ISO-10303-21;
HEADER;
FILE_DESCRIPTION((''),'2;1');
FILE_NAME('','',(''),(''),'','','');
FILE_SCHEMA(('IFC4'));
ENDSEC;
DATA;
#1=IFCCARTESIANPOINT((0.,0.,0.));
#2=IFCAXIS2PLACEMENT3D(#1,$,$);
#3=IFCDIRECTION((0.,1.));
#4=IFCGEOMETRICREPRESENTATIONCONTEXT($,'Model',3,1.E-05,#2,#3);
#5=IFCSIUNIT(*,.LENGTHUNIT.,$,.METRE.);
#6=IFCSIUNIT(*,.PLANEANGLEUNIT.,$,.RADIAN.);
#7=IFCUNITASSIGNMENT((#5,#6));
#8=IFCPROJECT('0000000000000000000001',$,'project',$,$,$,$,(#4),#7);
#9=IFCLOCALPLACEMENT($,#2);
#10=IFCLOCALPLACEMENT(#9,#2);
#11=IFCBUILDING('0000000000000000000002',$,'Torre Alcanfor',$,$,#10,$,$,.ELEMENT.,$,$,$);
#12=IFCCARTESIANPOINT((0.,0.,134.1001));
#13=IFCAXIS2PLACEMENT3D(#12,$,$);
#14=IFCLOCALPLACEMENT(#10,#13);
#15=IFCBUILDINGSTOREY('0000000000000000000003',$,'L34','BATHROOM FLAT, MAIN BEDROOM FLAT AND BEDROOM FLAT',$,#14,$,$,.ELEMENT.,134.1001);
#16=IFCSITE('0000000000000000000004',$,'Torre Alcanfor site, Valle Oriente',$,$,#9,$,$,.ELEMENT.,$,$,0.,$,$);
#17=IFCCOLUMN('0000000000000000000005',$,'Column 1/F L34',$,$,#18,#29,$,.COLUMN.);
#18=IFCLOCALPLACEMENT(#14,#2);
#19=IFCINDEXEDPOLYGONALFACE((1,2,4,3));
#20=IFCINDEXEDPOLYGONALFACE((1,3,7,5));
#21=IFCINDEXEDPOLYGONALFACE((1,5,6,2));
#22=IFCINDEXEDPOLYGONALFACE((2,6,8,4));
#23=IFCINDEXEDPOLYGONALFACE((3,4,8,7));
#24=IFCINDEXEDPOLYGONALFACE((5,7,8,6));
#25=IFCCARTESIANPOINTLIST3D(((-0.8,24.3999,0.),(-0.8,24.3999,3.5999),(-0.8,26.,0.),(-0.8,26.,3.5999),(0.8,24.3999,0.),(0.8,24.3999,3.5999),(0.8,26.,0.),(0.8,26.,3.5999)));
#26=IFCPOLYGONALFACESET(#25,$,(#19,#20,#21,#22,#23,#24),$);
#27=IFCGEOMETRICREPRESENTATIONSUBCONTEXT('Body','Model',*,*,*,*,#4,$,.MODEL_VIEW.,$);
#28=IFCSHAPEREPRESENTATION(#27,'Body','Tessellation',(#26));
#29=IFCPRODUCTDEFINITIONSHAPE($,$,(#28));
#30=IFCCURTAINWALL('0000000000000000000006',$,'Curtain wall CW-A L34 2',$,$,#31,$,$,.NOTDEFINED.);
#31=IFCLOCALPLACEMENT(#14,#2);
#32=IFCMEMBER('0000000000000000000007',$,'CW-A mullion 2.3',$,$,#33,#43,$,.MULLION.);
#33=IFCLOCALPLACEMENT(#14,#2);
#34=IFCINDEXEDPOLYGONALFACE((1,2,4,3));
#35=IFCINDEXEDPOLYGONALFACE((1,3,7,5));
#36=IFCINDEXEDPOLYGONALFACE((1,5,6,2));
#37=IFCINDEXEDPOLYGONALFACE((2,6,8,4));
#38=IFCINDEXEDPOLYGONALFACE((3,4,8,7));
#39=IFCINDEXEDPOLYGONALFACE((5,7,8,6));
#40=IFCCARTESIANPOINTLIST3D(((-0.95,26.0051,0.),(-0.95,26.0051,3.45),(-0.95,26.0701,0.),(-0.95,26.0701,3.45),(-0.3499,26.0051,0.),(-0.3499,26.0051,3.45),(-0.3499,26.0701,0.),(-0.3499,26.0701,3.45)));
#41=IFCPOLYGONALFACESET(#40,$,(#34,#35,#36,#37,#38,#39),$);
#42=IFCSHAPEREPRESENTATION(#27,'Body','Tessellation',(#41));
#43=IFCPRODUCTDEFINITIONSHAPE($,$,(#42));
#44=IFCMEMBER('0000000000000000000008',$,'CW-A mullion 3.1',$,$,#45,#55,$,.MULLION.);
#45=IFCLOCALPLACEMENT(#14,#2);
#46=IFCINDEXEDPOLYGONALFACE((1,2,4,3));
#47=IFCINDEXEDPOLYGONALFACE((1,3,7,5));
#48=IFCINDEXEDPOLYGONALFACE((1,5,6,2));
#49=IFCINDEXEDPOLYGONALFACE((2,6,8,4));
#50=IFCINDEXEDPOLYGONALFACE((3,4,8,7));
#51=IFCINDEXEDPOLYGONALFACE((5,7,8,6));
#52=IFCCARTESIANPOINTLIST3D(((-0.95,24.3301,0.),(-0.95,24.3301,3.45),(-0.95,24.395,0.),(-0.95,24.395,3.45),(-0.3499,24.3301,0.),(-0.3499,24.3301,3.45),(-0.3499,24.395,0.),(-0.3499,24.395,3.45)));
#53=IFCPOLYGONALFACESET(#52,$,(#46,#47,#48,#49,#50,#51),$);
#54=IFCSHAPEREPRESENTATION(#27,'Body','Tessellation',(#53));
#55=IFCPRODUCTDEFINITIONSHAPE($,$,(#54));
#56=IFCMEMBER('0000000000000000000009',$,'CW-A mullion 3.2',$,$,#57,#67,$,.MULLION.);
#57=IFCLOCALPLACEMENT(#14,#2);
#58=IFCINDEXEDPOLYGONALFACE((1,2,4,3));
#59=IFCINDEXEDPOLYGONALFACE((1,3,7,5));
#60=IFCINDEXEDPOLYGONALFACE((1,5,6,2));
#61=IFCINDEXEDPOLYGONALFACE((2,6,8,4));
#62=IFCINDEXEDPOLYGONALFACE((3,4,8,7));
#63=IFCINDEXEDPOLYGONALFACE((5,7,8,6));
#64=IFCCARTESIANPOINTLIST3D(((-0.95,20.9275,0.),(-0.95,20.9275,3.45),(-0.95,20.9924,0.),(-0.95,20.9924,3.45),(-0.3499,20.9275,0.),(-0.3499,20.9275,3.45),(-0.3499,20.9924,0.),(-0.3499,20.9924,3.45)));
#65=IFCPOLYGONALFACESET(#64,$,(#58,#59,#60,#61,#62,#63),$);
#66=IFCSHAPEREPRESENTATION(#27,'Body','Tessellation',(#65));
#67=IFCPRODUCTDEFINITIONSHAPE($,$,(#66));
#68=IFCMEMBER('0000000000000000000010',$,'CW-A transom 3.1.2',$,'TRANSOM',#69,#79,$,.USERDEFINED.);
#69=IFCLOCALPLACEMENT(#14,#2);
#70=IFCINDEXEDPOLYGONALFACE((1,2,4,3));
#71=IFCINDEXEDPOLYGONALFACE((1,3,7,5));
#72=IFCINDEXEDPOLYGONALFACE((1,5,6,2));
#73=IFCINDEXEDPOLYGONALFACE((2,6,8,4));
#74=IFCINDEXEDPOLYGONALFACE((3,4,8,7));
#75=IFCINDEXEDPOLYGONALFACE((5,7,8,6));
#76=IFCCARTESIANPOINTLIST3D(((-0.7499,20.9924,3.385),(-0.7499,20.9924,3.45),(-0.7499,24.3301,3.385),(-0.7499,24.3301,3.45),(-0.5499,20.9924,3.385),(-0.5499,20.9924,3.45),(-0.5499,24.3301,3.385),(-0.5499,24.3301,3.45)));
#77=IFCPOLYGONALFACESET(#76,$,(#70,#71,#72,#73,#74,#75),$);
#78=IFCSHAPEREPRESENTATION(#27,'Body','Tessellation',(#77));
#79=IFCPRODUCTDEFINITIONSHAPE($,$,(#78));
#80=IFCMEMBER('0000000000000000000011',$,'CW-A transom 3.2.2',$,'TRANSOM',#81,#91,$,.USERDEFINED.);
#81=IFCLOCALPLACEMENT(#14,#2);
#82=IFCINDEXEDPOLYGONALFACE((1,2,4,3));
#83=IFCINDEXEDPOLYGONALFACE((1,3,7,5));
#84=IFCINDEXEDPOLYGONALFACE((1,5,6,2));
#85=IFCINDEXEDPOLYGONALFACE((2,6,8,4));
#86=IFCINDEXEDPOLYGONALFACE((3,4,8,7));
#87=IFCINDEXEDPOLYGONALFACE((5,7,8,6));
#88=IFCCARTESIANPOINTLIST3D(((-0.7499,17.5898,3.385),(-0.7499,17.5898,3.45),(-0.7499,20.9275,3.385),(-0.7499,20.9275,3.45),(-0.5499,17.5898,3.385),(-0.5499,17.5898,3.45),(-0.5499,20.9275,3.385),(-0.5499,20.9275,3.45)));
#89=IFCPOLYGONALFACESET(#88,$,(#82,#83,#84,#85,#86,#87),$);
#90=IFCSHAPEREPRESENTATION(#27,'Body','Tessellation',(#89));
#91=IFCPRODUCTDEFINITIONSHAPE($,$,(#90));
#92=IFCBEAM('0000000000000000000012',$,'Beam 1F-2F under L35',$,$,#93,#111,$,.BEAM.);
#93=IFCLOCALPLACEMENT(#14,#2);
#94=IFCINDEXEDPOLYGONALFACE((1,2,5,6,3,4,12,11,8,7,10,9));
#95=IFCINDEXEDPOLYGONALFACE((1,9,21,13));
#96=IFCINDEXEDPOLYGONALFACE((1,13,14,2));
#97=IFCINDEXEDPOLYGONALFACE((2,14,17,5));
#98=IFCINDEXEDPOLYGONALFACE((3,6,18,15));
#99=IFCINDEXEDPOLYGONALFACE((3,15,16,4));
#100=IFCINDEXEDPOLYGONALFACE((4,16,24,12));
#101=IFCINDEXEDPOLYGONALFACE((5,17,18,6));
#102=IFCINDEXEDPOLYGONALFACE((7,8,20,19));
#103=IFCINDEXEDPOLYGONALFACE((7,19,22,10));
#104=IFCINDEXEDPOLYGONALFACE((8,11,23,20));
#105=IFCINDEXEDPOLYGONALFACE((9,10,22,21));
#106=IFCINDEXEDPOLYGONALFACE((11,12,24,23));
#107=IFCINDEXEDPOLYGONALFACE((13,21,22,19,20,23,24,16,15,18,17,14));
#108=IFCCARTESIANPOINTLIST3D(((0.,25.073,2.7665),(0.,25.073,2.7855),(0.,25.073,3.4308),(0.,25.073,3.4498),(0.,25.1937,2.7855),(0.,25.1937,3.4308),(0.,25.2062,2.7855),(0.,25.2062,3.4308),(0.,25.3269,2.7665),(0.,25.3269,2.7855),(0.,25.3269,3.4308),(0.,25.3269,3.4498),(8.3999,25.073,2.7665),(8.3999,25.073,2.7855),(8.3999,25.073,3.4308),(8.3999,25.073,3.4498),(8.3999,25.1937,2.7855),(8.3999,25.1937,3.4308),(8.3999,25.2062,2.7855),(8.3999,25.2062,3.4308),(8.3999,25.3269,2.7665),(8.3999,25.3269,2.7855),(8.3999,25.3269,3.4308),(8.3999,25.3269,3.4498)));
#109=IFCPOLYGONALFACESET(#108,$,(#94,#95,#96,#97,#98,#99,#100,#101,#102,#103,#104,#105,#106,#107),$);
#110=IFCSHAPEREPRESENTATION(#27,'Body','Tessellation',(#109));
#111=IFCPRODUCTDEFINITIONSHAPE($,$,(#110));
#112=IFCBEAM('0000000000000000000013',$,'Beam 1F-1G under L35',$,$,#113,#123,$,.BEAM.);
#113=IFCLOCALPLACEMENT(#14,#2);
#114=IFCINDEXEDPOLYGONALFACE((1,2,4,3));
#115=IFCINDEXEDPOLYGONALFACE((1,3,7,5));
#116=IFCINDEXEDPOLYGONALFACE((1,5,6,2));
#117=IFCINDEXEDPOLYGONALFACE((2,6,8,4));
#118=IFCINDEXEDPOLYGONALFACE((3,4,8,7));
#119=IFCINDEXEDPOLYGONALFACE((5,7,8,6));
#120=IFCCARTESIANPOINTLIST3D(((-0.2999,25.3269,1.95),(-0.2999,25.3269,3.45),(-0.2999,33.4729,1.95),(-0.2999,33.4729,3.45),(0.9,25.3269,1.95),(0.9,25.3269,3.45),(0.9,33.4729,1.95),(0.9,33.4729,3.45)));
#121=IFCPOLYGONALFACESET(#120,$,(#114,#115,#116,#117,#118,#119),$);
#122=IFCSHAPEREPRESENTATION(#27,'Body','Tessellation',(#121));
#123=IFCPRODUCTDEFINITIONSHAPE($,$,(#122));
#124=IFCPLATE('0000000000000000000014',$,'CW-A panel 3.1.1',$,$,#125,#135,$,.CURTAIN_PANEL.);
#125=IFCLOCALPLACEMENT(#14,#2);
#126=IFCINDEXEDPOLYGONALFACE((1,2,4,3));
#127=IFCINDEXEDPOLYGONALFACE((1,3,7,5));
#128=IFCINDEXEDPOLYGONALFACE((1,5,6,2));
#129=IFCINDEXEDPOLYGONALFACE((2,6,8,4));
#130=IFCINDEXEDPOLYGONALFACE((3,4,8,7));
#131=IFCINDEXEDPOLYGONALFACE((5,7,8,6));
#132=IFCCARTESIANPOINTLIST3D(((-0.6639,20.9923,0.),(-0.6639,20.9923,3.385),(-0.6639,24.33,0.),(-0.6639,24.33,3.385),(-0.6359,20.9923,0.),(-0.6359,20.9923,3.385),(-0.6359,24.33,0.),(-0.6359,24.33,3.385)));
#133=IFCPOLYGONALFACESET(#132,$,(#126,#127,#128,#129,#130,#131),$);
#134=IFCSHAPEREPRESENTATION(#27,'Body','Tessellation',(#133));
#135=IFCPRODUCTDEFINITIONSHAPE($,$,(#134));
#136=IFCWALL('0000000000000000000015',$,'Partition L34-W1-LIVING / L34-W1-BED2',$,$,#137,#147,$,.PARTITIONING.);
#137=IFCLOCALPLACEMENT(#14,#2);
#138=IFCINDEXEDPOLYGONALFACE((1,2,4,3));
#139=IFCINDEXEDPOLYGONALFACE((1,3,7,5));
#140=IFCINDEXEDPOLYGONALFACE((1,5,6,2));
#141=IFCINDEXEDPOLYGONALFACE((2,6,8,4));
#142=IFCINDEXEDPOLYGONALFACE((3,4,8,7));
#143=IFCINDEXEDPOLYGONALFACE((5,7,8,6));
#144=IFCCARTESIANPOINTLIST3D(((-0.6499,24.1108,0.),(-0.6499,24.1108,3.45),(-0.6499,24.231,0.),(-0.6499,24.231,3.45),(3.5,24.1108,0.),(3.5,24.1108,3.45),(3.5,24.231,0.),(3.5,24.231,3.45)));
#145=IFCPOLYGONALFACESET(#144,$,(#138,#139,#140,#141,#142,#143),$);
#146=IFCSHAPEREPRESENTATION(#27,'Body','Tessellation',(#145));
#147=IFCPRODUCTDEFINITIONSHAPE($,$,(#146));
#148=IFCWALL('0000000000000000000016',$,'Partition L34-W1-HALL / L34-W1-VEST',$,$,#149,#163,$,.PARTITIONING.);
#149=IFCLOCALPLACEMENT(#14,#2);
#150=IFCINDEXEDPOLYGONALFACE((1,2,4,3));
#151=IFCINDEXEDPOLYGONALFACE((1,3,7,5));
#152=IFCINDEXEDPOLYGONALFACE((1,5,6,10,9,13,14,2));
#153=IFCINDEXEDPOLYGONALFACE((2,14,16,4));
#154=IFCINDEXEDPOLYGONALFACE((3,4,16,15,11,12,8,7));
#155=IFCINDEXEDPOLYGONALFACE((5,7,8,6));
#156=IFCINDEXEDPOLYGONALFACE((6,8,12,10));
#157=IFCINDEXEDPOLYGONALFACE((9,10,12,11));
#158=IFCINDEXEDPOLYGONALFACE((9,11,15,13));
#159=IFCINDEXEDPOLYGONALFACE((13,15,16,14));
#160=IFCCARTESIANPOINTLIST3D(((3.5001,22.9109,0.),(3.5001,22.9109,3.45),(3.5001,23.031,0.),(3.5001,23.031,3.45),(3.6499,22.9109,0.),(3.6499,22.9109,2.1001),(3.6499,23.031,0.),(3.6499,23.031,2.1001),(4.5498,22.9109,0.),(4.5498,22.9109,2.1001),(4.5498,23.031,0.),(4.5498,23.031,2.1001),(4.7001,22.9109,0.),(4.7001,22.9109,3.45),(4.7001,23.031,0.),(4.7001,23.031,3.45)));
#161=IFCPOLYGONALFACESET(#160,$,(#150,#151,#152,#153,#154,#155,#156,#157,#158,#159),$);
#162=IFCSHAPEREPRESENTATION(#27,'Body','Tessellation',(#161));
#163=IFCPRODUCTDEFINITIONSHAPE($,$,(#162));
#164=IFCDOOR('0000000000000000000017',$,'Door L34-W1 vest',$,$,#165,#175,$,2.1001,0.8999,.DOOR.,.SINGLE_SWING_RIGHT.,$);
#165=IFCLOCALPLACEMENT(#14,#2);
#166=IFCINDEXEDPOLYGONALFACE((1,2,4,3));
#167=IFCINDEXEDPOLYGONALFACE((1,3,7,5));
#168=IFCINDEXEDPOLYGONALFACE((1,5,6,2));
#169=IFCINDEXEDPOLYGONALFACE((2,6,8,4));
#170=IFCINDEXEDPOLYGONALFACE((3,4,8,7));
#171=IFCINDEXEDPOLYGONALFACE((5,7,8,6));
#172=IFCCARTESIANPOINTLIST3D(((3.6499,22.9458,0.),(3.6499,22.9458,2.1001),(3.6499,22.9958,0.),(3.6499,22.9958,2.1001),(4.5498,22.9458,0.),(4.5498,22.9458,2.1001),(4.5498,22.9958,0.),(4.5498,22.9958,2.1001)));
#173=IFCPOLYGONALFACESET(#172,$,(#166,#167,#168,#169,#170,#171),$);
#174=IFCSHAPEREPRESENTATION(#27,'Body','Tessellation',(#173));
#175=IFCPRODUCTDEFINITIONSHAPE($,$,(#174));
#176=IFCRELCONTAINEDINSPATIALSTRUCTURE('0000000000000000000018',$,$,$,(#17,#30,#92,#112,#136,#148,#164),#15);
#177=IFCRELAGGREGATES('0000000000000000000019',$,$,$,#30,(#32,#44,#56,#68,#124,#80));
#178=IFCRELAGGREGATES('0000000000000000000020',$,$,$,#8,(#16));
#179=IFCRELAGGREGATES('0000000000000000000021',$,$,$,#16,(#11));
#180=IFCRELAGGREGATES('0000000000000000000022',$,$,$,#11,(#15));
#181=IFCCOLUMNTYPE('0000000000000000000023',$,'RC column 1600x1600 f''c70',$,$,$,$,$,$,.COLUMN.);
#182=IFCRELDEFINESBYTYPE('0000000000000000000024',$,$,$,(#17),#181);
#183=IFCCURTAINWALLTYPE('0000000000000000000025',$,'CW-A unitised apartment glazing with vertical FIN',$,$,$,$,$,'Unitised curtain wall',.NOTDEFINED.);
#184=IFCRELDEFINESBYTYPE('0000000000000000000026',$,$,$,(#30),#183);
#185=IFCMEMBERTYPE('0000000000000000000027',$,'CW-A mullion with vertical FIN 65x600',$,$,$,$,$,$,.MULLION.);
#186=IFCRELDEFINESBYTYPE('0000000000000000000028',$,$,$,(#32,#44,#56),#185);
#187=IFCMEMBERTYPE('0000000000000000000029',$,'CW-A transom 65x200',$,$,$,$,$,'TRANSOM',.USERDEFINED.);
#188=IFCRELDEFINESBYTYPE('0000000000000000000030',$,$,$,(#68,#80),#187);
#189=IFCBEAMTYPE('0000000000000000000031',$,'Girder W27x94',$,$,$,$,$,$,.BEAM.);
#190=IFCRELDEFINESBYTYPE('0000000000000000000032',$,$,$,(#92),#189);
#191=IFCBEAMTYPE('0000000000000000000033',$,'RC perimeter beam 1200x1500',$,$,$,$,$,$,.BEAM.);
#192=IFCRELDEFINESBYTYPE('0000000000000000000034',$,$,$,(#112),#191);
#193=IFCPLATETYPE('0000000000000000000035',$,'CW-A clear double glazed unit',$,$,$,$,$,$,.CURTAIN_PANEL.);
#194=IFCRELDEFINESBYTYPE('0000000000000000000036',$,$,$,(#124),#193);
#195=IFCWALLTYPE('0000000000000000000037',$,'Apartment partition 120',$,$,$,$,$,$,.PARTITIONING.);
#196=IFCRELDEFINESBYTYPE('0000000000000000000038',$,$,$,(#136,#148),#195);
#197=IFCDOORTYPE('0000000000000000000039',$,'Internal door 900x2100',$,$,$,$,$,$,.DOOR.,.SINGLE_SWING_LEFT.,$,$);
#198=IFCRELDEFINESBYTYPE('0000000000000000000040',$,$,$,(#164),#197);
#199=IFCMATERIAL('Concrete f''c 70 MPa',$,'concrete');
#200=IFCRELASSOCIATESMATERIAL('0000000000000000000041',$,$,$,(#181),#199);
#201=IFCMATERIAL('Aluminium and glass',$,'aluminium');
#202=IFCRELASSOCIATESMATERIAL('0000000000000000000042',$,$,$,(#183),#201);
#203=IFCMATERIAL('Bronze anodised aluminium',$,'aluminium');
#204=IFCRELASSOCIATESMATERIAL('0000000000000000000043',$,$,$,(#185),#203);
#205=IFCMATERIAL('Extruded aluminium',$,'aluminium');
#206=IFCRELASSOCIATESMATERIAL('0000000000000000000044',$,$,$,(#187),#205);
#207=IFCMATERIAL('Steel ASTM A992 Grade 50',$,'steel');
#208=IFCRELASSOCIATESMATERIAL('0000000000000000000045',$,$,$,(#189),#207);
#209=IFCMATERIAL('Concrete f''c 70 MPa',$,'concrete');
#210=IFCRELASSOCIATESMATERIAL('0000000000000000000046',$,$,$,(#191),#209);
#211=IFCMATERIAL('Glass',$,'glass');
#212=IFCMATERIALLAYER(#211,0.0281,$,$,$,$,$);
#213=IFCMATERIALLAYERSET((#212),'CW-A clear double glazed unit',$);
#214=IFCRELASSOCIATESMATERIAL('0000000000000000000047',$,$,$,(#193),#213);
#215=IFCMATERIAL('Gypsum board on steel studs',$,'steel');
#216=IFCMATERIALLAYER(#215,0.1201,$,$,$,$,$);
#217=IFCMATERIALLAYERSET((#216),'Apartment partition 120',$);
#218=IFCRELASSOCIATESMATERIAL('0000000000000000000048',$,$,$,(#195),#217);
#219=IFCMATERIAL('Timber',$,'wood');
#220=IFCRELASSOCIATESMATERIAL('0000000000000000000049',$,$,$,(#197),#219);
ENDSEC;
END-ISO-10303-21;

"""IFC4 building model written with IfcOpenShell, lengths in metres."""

from ifc_helpers import new_model, si_unit, direction, frame, frame_2d, origin, origin_2d, place, context, subcontext, project, spatial, rectangle, i_section, extrude, material, layer, layer_set, material_profile, profile_set, type_object, element, fill, aggregate, save


model = new_model("IFC4")

# Units and contexts
model_context = context("Model", 3, precision=1e-05, world=origin(), true_north=direction((0.0, 1.0)))
body_context = subcontext(model_context, "Body", "Model", "MODEL_VIEW")
ifc_project = project(units=[si_unit("LENGTHUNIT", "METRE"), si_unit("PLANEANGLEUNIT", "RADIAN")], contexts=[model_context])

# Site, building, storey
site_placement = place(None, origin())
site = spatial("IfcSite", under=ifc_project, at=site_placement, Name="Torre Alcanfor site, Valle Oriente", CompositionType="ELEMENT", RefElevation=0.0)
building_placement = place(site_placement, origin())
building = spatial("IfcBuilding", under=site, at=building_placement, Name="Torre Alcanfor", CompositionType="ELEMENT")
storey_placement = place(building_placement, frame((0.0, 0.0, 134.1001)))
storey = spatial("IfcBuildingStorey", under=building, at=storey_placement, Name="L34", Description="BATHROOM FLAT, MAIN BEDROOM FLAT AND BEDROOM FLAT", CompositionType="ELEMENT", Elevation=134.1001)

# Column
ifc_material_1 = material(Name="Concrete f'c 70 MPa", Category="concrete")
ifc_material_profile_1 = material_profile(ifc_material_1, rectangle(XDim=1.6001, YDim=1.6001, at=origin_2d()), Name="1600x1600")
ifc_profile_set_1 = profile_set([ifc_material_profile_1], Name="Concrete f'c 70 MPa")
column_type = type_object("IfcColumnType", Name="RC column 1600x1600 f'c70", PredefinedType="COLUMN", material=ifc_profile_set_1)
column_placement = place(storey_placement, frame((0.0, 25.2, 0.0), z_axis=(0.0, 0.0, 1.0), x_axis=(1.0, 0.0, 0.0)))
element("IfcColumn", 1, at=column_placement, inside=storey, type_object=column_type, Name="Column 1/F L34", PredefinedType="COLUMN", context=body_context, shape_type="SweptSolid", body=[
    extrude(rectangle(XDim=1.6001, YDim=1.6001, at=origin_2d()), origin(), (0.0, 0.0, 1.0), 3.5999),
])

# Curtain wall, members
ifc_material_2 = material(Name="Aluminium and glass", Category="aluminium")
curtain_wall_type = type_object("IfcCurtainWallType", Name="CW-A unitised apartment glazing with vertical FIN", ElementType="Unitised curtain wall", PredefinedType="NOTDEFINED", material=ifc_material_2)
curtain_wall_placement = place(storey_placement, origin())
curtain_wall = element("IfcCurtainWall", 2, at=curtain_wall_placement, inside=storey, type_object=curtain_wall_type, Name="Curtain wall CW-A L34 2", PredefinedType="NOTDEFINED")
ifc_material_3 = material(Name="Bronze anodised aluminium", Category="aluminium")
ifc_material_profile_2 = material_profile(ifc_material_3, rectangle(XDim=0.6001, YDim=0.0649, at=origin_2d()), Name="CW-A mullion 65x600")
ifc_profile_set_2 = profile_set([ifc_material_profile_2], Name="Bronze anodised aluminium")
member_type_1 = type_object("IfcMemberType", Name="CW-A mullion with vertical FIN 65x600", PredefinedType="MULLION", material=ifc_profile_set_2)
member_1_placement = place(storey_placement, frame((-0.6499, 26.0376, 0.0), z_axis=(0.0, 0.0, 1.0), x_axis=(1.0, 0.0, 0.0)))
member_1 = element("IfcMember", 3, at=member_1_placement, type_object=member_type_1, Name="CW-A mullion 2.3", PredefinedType="MULLION", context=body_context, shape_type="SweptSolid", body=[
    extrude(rectangle(XDim=0.6001, YDim=0.0649, at=origin_2d()), origin(), (0.0, 0.0, 1.0), 3.45),
])
member_2_placement = place(storey_placement, frame((-0.6499, 24.3625, 0.0), z_axis=(0.0, 0.0, 1.0), x_axis=(1.0, 0.0, 0.0)))
member_2 = element("IfcMember", 4, at=member_2_placement, type_object=member_type_1, Name="CW-A mullion 3.1", PredefinedType="MULLION", context=body_context, shape_type="SweptSolid", body=[
    extrude(rectangle(XDim=0.6001, YDim=0.0649, at=origin_2d()), origin(), (0.0, 0.0, 1.0), 3.45),
])
member_3_placement = place(storey_placement, frame((-0.6499, 20.96, 0.0), z_axis=(0.0, 0.0, 1.0), x_axis=(1.0, 0.0, 0.0)))
member_3 = element("IfcMember", 5, at=member_3_placement, type_object=member_type_1, Name="CW-A mullion 3.2", PredefinedType="MULLION", context=body_context, shape_type="SweptSolid", body=[
    extrude(rectangle(XDim=0.6001, YDim=0.0649, at=origin_2d()), origin(), (0.0, 0.0, 1.0), 3.45),
])
ifc_material_4 = material(Name="Extruded aluminium", Category="aluminium")
ifc_material_profile_3 = material_profile(ifc_material_4, rectangle(XDim=0.2, YDim=0.0649, at=origin_2d()), Name="CW-A transom 200x65")
ifc_profile_set_3 = profile_set([ifc_material_profile_3], Name="Extruded aluminium")
member_type_2 = type_object("IfcMemberType", Name="CW-A transom 65x200", ElementType="TRANSOM", PredefinedType="USERDEFINED", material=ifc_profile_set_3)
member_4_placement = place(storey_placement, frame((-0.6499, 24.3301, 3.4175), z_axis=(0.0, -1.0, 0.0), x_axis=(1.0, 0.0, 0.0)))
member_4 = element("IfcMember", 6, at=member_4_placement, type_object=member_type_2, Name="CW-A transom 3.1.2", ObjectType="TRANSOM", PredefinedType="USERDEFINED", context=body_context, shape_type="SweptSolid", body=[
    extrude(rectangle(XDim=0.2, YDim=0.0649, at=origin_2d()), origin(), (0.0, 0.0, 1.0), 3.3376),
])
member_5_placement = place(storey_placement, frame((-0.6499, 20.9275, 3.4175), z_axis=(0.0, -1.0, 0.0), x_axis=(1.0, 0.0, 0.0)))
member_5 = element("IfcMember", 7, at=member_5_placement, type_object=member_type_2, Name="CW-A transom 3.2.2", ObjectType="TRANSOM", PredefinedType="USERDEFINED", context=body_context, shape_type="SweptSolid", body=[
    extrude(rectangle(XDim=0.2, YDim=0.0649, at=origin_2d()), origin(), (0.0, 0.0, 1.0), 3.3376),
])

# Beams
ifc_material_5 = material(Name="Steel ASTM A992 Grade 50", Category="steel")
ifc_material_profile_4 = material_profile(ifc_material_5, i_section(OverallWidth=0.2539, OverallDepth=0.6833, WebThickness=0.0125, FlangeThickness=0.019, at=origin_2d()), Name="W27x94")
ifc_profile_set_4 = profile_set([ifc_material_profile_4], Name="Steel ASTM A992 Grade 50")
beam_type_1 = type_object("IfcBeamType", Name="Girder W27x94", PredefinedType="BEAM", material=ifc_profile_set_4)
beam_1_placement = place(storey_placement, frame((0.0, 25.2, 3.1082), z_axis=(1.0, 0.0, 0.0), x_axis=(0.0, 1.0, 0.0)))
element("IfcBeam", 8, at=beam_1_placement, inside=storey, type_object=beam_type_1, Name="Beam 1F-2F under L35", PredefinedType="BEAM", context=body_context, shape_type="SweptSolid", body=[
    extrude(i_section(OverallWidth=0.2539, OverallDepth=0.6833, WebThickness=0.0125, FlangeThickness=0.019, at=origin_2d()), origin(), (0.0, 0.0, 1.0), 8.3999),
])
ifc_material_6 = material(Name="Concrete f'c 70 MPa", Category="concrete")
ifc_material_profile_5 = material_profile(ifc_material_6, rectangle(XDim=1.2, YDim=1.5, at=origin_2d()), Name="1200x1500")
ifc_profile_set_5 = profile_set([ifc_material_profile_5], Name="Concrete f'c 70 MPa")
beam_type_2 = type_object("IfcBeamType", Name="RC perimeter beam 1200x1500", PredefinedType="BEAM", material=ifc_profile_set_5)
beam_2_placement = place(storey_placement, frame((0.3, 25.3269, 2.7), z_axis=(0.0, 1.0, 0.0), x_axis=(-1.0, 0.0, 0.0)))
element("IfcBeam", 9, at=beam_2_placement, inside=storey, type_object=beam_type_2, Name="Beam 1F-1G under L35", PredefinedType="BEAM", context=body_context, shape_type="SweptSolid", body=[
    extrude(rectangle(XDim=1.2, YDim=1.5, at=origin_2d()), origin(), (0.0, 0.0, 1.0), 8.146),
])

# Plate
ifc_material_7 = material(Name="Glass", Category="glass")
ifc_layer_1 = layer(ifc_material_7, 0.0281)
ifc_layer_set_1 = layer_set([ifc_layer_1], Name="CW-A clear double glazed unit")
plate_type = type_object("IfcPlateType", Name="CW-A clear double glazed unit", PredefinedType="CURTAIN_PANEL", material=ifc_layer_set_1)
plate_placement = place(storey_placement, frame((-0.6499, 22.6611, 0.0), z_axis=(0.0, 0.0, 1.0), x_axis=(0.0, -1.0, 0.0)))
plate = element("IfcPlate", 10, at=plate_placement, type_object=plate_type, Name="CW-A panel 3.1.1", PredefinedType="CURTAIN_PANEL", context=body_context, shape_type="SweptSolid", body=[
    extrude(rectangle(XDim=3.3376, YDim=0.0281, at=origin_2d()), origin(), (0.0, 0.0, 1.0), 3.385),
])
aggregate(curtain_wall, [member_1, member_2, member_3, member_4, plate, member_5])

# Wall
ifc_material_8 = material(Name="Gypsum board on steel studs", Category="steel")
ifc_layer_2 = layer(ifc_material_8, 0.1201)
ifc_layer_set_2 = layer_set([ifc_layer_2], Name="Apartment partition 120")
wall_type = type_object("IfcWallType", Name="Apartment partition 120", PredefinedType="PARTITIONING", material=ifc_layer_set_2)
wall_1_placement = place(storey_placement, frame((-0.6499, 24.1709, 0.0), z_axis=(0.0, 0.0, 1.0), x_axis=(1.0, 0.0, 0.0)))
element("IfcWall", 11, at=wall_1_placement, inside=storey, type_object=wall_type, Name="Partition L34-W1-LIVING / L34-W1-BED2", PredefinedType="PARTITIONING", context=body_context, shape_type="SweptSolid", body=[
    extrude(rectangle(XDim=4.1499, YDim=0.1201, at=frame_2d((2.075, 0.0))), origin(), (0.0, 0.0, 1.0), 3.45),
])

# Wall, opening, door
wall_2_placement = place(storey_placement, frame((3.5, 22.9709, 0.0), z_axis=(0.0, 0.0, 1.0), x_axis=(1.0, 0.0, 0.0)))
wall_2 = element("IfcWall", 12, at=wall_2_placement, inside=storey, type_object=wall_type, Name="Partition L34-W1-HALL / L34-W1-VEST", PredefinedType="PARTITIONING", context=body_context, shape_type="SweptSolid", body=[
    extrude(rectangle(XDim=1.2, YDim=0.1201, at=frame_2d((0.6001, 0.0))), origin(), (0.0, 0.0, 1.0), 3.45),
])
opening_1_placement = place(wall_2_placement, frame((0.1499, 0.0, 0.0)))
opening_1 = element("IfcOpeningElement", 13, at=opening_1_placement, cuts=wall_2, PredefinedType="OPENING", context=body_context, shape_type="SweptSolid", body=[
    extrude(rectangle(XDim=0.8999, YDim=2.1001, at=frame_2d((0.45, 1.05))), frame((0.0, 0.0701, 0.0), z_axis=(0.0, -1.0, 0.0), x_axis=(1.0, 0.0, 0.0)), (0.0, 0.0, 1.0), 0.1401),
])
ifc_material_9 = material(Name="Timber", Category="wood")
door_type = type_object("IfcDoorType", Name="Internal door 900x2100", OperationType="SINGLE_SWING_LEFT", PredefinedType="DOOR", material=ifc_material_9)
door_1_placement = place(opening_1_placement, frame((0.8999, 0.0, 0.0), z_axis=(0.0, 0.0, 1.0), x_axis=(-1.0, 0.0, 0.0)))
door_1 = element("IfcDoor", 14, at=door_1_placement, inside=storey, type_object=door_type, Name="Door L34-W1 vest", OperationType="SINGLE_SWING_RIGHT", OverallHeight=2.1001, OverallWidth=0.8999, PredefinedType="DOOR", context=body_context, shape_type="SweptSolid", body=[
    extrude(rectangle(XDim=0.8999, YDim=2.1001, at=frame_2d((0.45, 1.05))), frame((0.0, 0.0251, 0.0), z_axis=(0.0, -1.0, 0.0), x_axis=(1.0, 0.0, 0.0)), (0.0, 0.0, 1.0), 0.05),
])
fill(opening_1, door_1)

save(model, "model.ifc")
